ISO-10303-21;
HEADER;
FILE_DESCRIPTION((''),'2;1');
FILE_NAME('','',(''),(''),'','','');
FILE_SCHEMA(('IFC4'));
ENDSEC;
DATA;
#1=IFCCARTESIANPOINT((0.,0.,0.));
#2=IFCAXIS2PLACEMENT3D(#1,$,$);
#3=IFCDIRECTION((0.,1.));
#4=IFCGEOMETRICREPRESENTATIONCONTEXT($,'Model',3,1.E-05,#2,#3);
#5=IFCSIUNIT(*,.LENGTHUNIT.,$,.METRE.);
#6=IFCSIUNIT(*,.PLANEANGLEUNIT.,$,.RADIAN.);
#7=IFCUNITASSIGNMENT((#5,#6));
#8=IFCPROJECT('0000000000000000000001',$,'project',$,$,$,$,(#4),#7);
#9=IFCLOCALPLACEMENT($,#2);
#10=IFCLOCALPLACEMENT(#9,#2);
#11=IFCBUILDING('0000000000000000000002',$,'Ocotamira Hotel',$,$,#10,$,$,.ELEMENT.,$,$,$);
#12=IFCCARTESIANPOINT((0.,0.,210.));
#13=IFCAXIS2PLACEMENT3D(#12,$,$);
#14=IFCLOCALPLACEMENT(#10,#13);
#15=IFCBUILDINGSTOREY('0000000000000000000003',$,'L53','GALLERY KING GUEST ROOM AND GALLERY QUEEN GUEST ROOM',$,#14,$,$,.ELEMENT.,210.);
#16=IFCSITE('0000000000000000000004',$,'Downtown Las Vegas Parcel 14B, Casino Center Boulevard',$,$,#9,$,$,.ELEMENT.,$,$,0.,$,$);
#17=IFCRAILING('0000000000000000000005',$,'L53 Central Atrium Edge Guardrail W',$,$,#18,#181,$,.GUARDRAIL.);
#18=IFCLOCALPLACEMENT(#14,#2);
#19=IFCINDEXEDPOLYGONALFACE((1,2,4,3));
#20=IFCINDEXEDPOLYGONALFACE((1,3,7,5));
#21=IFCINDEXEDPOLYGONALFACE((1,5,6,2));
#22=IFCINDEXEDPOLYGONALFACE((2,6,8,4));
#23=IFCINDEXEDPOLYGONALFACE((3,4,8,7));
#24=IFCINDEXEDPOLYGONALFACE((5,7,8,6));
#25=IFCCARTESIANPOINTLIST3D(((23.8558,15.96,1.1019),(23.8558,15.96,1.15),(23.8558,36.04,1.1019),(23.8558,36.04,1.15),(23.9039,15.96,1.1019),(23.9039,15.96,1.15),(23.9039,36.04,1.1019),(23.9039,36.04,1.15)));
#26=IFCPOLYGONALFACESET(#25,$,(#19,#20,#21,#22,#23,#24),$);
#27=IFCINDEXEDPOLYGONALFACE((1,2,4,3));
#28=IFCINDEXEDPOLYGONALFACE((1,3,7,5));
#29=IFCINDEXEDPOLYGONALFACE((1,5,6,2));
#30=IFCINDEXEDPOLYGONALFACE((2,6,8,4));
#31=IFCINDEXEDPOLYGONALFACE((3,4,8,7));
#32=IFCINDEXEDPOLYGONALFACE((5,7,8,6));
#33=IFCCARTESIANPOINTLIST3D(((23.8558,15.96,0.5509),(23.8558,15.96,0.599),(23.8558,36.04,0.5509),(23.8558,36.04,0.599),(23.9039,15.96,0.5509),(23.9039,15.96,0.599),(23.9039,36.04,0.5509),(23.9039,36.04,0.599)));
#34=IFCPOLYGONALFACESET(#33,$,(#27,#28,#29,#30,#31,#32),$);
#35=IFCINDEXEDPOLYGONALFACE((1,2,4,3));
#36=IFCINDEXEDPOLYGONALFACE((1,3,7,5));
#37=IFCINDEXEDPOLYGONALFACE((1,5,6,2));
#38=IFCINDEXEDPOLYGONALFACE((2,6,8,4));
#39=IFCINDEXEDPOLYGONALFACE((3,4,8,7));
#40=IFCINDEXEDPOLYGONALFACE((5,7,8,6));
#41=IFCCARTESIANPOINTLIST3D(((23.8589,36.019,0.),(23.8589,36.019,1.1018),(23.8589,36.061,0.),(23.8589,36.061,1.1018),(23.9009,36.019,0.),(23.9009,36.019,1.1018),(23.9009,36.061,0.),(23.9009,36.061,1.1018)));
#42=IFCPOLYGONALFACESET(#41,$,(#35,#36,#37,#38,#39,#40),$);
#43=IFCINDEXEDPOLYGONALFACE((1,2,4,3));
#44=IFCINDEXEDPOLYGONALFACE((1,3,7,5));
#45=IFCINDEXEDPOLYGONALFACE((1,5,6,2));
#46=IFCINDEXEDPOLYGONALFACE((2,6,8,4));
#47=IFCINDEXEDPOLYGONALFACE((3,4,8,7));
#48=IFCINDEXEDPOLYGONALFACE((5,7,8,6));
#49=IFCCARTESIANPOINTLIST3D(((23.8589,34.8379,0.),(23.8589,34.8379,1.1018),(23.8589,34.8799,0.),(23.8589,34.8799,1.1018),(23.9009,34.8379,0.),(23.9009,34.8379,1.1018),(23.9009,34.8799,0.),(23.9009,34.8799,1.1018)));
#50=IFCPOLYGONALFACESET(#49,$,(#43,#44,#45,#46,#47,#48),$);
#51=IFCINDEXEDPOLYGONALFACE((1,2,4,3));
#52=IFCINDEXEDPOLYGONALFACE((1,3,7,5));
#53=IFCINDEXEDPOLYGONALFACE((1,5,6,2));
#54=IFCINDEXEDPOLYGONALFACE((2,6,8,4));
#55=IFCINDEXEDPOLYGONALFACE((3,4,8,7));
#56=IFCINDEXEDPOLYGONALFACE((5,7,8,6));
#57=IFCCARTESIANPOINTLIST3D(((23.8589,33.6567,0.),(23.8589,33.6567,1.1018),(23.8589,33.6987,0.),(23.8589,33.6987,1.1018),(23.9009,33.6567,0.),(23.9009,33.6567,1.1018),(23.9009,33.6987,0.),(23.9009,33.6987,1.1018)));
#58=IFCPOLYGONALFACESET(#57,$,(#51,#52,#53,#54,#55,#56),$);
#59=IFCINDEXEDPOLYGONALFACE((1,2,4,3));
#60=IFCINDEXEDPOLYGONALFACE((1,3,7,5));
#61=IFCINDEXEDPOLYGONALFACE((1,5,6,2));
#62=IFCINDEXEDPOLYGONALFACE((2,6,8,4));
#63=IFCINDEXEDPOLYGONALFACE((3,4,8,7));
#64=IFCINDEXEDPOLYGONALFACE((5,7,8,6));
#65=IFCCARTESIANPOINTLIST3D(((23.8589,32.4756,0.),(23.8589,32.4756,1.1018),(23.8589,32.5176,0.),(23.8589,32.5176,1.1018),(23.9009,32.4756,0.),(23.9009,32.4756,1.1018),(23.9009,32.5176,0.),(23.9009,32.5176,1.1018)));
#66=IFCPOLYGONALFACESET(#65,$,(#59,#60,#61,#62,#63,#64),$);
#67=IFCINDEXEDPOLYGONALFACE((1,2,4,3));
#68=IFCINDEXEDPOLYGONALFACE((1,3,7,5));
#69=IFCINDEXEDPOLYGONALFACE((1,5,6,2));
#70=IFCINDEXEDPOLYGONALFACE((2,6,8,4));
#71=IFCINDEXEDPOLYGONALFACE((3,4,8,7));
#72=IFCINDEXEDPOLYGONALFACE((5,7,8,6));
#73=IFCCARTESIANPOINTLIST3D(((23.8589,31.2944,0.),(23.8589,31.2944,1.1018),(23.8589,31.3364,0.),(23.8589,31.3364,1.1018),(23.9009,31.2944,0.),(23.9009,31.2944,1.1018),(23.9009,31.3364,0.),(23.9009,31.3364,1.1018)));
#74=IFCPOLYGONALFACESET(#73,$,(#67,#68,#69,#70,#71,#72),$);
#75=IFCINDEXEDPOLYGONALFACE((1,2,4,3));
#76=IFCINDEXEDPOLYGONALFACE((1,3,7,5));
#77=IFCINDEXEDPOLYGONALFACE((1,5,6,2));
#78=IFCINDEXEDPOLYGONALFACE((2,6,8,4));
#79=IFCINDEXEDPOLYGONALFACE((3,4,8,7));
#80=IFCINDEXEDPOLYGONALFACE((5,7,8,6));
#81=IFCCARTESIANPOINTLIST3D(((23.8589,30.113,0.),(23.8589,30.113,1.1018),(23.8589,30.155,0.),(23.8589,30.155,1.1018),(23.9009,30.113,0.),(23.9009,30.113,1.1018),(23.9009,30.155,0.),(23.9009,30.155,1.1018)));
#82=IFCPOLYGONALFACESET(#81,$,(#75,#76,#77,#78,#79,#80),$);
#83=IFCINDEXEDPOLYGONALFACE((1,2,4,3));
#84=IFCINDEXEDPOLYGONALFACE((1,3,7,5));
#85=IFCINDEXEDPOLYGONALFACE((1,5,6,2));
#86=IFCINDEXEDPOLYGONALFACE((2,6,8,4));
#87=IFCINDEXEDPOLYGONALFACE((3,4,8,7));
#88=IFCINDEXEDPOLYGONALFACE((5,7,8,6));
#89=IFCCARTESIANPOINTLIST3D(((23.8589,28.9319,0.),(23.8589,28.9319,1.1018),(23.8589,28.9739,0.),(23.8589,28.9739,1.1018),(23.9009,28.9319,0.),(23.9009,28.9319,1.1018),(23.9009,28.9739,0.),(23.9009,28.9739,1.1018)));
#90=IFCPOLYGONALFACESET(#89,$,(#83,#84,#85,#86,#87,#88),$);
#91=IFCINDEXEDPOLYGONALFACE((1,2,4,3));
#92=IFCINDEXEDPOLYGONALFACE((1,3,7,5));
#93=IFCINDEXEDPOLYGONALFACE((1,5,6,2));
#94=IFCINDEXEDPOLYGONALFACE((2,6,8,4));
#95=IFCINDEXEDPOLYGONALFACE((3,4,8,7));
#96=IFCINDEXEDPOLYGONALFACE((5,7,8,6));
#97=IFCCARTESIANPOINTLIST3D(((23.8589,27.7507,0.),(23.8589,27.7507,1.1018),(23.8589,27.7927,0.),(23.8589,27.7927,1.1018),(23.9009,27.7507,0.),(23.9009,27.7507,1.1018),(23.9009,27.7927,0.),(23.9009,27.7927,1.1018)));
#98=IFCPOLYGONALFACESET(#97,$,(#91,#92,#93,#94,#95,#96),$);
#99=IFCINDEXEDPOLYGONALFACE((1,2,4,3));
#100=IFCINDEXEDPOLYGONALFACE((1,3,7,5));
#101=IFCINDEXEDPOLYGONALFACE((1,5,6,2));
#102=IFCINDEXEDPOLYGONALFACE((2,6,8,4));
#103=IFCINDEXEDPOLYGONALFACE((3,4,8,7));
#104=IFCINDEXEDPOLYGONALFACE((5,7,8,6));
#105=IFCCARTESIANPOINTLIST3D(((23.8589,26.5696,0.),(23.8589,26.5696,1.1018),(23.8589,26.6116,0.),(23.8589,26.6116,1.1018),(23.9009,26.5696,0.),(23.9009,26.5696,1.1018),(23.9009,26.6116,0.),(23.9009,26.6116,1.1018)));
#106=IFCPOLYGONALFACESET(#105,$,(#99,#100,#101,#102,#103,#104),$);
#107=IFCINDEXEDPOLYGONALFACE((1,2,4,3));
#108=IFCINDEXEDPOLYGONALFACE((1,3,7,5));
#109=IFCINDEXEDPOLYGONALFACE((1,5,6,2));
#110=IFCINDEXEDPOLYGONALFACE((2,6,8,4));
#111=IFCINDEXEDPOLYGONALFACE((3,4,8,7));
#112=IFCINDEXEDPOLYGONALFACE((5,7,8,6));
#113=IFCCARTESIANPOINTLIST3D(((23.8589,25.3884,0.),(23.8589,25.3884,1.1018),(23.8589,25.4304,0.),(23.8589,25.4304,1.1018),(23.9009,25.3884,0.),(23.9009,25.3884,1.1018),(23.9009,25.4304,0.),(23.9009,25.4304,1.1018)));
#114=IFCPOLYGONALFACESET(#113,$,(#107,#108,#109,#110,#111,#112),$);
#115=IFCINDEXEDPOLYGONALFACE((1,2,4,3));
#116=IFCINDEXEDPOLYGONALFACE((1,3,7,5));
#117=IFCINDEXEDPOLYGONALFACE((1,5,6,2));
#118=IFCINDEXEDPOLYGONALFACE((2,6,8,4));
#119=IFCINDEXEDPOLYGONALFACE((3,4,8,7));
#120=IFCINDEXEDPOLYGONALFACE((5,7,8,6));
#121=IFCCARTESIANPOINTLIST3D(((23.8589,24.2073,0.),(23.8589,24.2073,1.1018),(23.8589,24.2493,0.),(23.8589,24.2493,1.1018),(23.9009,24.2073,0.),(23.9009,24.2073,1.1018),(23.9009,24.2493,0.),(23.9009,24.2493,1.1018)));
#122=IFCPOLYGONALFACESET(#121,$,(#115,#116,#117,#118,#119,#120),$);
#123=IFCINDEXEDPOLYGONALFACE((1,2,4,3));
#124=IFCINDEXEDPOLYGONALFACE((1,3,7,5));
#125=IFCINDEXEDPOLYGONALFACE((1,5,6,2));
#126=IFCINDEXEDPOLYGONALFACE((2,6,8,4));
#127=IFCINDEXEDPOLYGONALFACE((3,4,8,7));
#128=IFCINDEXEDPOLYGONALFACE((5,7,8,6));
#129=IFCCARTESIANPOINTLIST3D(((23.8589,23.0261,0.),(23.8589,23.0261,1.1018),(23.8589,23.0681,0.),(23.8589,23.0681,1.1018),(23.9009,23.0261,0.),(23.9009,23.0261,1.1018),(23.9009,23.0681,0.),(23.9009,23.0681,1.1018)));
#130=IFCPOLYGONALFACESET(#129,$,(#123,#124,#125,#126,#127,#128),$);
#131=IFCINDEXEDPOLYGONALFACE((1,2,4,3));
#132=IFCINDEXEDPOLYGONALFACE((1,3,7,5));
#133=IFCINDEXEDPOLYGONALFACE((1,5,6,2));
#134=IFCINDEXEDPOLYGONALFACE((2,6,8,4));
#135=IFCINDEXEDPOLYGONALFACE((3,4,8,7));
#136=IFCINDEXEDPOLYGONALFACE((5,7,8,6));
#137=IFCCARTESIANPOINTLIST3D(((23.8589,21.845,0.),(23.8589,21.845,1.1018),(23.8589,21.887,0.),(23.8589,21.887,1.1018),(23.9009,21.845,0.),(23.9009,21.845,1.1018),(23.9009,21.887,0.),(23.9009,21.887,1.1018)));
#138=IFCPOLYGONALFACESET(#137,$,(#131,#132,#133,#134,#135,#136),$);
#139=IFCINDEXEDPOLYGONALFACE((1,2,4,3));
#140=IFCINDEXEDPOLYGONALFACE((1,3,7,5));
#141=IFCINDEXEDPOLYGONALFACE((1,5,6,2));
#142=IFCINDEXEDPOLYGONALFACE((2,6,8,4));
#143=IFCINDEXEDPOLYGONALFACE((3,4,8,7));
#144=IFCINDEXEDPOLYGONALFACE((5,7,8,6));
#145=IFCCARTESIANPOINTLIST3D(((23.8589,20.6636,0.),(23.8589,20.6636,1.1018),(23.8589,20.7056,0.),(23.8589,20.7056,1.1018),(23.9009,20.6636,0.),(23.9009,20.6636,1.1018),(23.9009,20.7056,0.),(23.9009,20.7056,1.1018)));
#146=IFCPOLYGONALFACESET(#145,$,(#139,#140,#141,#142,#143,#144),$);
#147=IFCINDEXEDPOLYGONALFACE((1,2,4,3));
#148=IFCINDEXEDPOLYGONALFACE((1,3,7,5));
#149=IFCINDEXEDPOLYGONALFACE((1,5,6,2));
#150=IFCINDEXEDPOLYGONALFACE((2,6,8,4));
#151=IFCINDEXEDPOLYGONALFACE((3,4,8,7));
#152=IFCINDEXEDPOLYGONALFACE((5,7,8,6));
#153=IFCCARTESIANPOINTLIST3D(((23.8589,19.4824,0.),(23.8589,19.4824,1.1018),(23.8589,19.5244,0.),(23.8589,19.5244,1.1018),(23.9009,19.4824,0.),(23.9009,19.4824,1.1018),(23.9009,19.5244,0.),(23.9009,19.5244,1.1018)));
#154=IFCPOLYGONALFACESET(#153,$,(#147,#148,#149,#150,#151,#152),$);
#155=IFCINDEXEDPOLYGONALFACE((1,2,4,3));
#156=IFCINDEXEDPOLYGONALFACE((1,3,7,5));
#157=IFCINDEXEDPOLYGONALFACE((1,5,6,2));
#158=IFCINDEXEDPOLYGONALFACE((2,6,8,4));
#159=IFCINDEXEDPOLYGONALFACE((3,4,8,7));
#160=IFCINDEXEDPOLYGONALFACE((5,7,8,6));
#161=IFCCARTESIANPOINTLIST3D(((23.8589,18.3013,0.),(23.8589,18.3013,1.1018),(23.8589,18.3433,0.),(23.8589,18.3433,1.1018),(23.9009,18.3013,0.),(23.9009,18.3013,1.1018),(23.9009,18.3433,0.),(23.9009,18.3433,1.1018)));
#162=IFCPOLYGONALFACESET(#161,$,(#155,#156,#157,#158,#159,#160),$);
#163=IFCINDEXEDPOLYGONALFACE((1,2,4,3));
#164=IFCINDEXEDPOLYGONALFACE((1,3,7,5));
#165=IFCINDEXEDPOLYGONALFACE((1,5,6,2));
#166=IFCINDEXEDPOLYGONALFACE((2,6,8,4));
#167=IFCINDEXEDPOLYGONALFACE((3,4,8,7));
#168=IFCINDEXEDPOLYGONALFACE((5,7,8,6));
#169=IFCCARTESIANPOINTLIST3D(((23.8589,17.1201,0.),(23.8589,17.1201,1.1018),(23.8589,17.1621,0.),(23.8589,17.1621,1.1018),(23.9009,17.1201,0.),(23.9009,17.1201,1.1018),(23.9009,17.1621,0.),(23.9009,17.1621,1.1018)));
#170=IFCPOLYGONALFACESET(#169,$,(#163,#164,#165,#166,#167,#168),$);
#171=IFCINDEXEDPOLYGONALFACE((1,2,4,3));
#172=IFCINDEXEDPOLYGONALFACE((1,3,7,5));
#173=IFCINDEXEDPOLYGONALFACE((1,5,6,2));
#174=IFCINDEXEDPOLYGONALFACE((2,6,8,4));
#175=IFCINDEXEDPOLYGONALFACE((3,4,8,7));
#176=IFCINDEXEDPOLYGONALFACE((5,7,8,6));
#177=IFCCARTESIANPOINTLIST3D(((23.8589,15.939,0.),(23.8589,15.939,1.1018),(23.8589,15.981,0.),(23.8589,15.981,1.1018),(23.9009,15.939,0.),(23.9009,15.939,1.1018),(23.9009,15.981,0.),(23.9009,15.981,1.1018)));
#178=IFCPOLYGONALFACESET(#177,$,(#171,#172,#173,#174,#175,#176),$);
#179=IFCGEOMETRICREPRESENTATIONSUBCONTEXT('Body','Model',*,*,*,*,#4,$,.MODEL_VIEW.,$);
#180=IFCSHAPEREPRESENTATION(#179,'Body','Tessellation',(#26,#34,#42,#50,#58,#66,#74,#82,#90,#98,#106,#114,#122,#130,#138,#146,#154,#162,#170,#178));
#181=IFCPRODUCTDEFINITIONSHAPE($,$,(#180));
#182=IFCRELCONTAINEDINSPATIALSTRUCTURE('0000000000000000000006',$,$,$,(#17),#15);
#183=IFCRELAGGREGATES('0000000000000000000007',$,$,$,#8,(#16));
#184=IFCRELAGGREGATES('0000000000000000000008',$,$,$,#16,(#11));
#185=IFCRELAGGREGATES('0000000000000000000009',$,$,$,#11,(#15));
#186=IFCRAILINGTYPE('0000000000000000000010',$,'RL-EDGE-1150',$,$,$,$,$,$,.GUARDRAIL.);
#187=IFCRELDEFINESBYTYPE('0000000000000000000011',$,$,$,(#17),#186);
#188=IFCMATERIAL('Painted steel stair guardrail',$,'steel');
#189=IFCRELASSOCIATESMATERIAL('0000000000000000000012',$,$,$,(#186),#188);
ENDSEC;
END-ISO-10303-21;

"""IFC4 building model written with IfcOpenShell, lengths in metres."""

from ifc_helpers import new_model, si_unit, direction, frame, origin, origin_2d, place, context, subcontext, project, spatial, rectangle, extrude, material, type_object, element, save


model = new_model("IFC4")

# Units and contexts
model_context = context("Model", 3, precision=1e-05, world=origin(), true_north=direction((0.0, 1.0)))
body_context = subcontext(model_context, "Body", "Model", "MODEL_VIEW")
ifc_project = project(units=[si_unit("LENGTHUNIT", "METRE"), si_unit("PLANEANGLEUNIT", "RADIAN")], contexts=[model_context])

# Site, building, storey
site_placement = place(None, origin())
site = spatial("IfcSite", under=ifc_project, at=site_placement, Name="Downtown Las Vegas Parcel 14B, Casino Center Boulevard", CompositionType="ELEMENT", RefElevation=0.0)
building_placement = place(site_placement, origin())
building = spatial("IfcBuilding", under=site, at=building_placement, Name="Ocotamira Hotel", CompositionType="ELEMENT")
storey_placement = place(building_placement, frame((0.0, 0.0, 210.0)))
storey = spatial("IfcBuildingStorey", under=building, at=storey_placement, Name="L53", Description="GALLERY KING GUEST ROOM AND GALLERY QUEEN GUEST ROOM", CompositionType="ELEMENT", Elevation=210.0)

# Railing
ifc_material_1 = material(Name="Painted steel stair guardrail", Category="steel")
railing_type = type_object("IfcRailingType", Name="RL-EDGE-1150", PredefinedType="GUARDRAIL", material=ifc_material_1)
railing_placement = place(storey_placement, frame((23.8799, 36.04, 0.0)))
element("IfcRailing", 1, at=railing_placement, inside=storey, type_object=railing_type, Name="L53 Central Atrium Edge Guardrail W", PredefinedType="GUARDRAIL", context=body_context, shape_type="SweptSolid", body=[
    extrude(rectangle(XDim=0.0481, YDim=0.0481, at=origin_2d()), frame((0.0, 0.0, 1.126), z_axis=(0.0, -1.0, 0.0), x_axis=(1.0, 0.0, 0.0)), (0.0, 0.0, 1.0), 20.0801),
    extrude(rectangle(XDim=0.0481, YDim=0.0481, at=origin_2d()), frame((0.0, 0.0, 0.575), z_axis=(0.0, -1.0, 0.0), x_axis=(1.0, 0.0, 0.0)), (0.0, 0.0, 1.0), 20.0801),
    extrude(rectangle(XDim=0.042, YDim=0.042, at=origin_2d()), origin(), (0.0, 0.0, 1.0), 1.1018),
    extrude(rectangle(XDim=0.042, YDim=0.042, at=origin_2d()), frame((0.0, -1.1812, 0.0)), (0.0, 0.0, 1.0), 1.1018),
    extrude(rectangle(XDim=0.042, YDim=0.042, at=origin_2d()), frame((0.0, -2.3623, 0.0)), (0.0, 0.0, 1.0), 1.1018),
    extrude(rectangle(XDim=0.042, YDim=0.042, at=origin_2d()), frame((0.0, -3.5435, 0.0)), (0.0, 0.0, 1.0), 1.1018),
    extrude(rectangle(XDim=0.042, YDim=0.042, at=origin_2d()), frame((0.0, -4.7246, 0.0)), (0.0, 0.0, 1.0), 1.1018),
    extrude(rectangle(XDim=0.042, YDim=0.042, at=origin_2d()), frame((0.0, -5.906, 0.0)), (0.0, 0.0, 1.0), 1.1018),
    extrude(rectangle(XDim=0.042, YDim=0.042, at=origin_2d()), frame((0.0, -7.0872, 0.0)), (0.0, 0.0, 1.0), 1.1018),
    extrude(rectangle(XDim=0.042, YDim=0.042, at=origin_2d()), frame((0.0, -8.2683, 0.0)), (0.0, 0.0, 1.0), 1.1018),
    extrude(rectangle(XDim=0.042, YDim=0.042, at=origin_2d()), frame((0.0, -9.4495, 0.0)), (0.0, 0.0, 1.0), 1.1018),
    extrude(rectangle(XDim=0.042, YDim=0.042, at=origin_2d()), frame((0.0, -10.6306, 0.0)), (0.0, 0.0, 1.0), 1.1018),
    extrude(rectangle(XDim=0.042, YDim=0.042, at=origin_2d()), frame((0.0, -11.8118, 0.0)), (0.0, 0.0, 1.0), 1.1018),
    extrude(rectangle(XDim=0.042, YDim=0.042, at=origin_2d()), frame((0.0, -12.9929, 0.0)), (0.0, 0.0, 1.0), 1.1018),
    extrude(rectangle(XDim=0.042, YDim=0.042, at=origin_2d()), frame((0.0, -14.1741, 0.0)), (0.0, 0.0, 1.0), 1.1018),
    extrude(rectangle(XDim=0.042, YDim=0.042, at=origin_2d()), frame((0.0, -15.3555, 0.0)), (0.0, 0.0, 1.0), 1.1018),
    extrude(rectangle(XDim=0.042, YDim=0.042, at=origin_2d()), frame((0.0, -16.5366, 0.0)), (0.0, 0.0, 1.0), 1.1018),
    extrude(rectangle(XDim=0.042, YDim=0.042, at=origin_2d()), frame((0.0, -17.7178, 0.0)), (0.0, 0.0, 1.0), 1.1018),
    extrude(rectangle(XDim=0.042, YDim=0.042, at=origin_2d()), frame((0.0, -18.8989, 0.0)), (0.0, 0.0, 1.0), 1.1018),
    extrude(rectangle(XDim=0.042, YDim=0.042, at=origin_2d()), frame((0.0, -20.0801, 0.0)), (0.0, 0.0, 1.0), 1.1018),
])

save(model, "model.ifc")
